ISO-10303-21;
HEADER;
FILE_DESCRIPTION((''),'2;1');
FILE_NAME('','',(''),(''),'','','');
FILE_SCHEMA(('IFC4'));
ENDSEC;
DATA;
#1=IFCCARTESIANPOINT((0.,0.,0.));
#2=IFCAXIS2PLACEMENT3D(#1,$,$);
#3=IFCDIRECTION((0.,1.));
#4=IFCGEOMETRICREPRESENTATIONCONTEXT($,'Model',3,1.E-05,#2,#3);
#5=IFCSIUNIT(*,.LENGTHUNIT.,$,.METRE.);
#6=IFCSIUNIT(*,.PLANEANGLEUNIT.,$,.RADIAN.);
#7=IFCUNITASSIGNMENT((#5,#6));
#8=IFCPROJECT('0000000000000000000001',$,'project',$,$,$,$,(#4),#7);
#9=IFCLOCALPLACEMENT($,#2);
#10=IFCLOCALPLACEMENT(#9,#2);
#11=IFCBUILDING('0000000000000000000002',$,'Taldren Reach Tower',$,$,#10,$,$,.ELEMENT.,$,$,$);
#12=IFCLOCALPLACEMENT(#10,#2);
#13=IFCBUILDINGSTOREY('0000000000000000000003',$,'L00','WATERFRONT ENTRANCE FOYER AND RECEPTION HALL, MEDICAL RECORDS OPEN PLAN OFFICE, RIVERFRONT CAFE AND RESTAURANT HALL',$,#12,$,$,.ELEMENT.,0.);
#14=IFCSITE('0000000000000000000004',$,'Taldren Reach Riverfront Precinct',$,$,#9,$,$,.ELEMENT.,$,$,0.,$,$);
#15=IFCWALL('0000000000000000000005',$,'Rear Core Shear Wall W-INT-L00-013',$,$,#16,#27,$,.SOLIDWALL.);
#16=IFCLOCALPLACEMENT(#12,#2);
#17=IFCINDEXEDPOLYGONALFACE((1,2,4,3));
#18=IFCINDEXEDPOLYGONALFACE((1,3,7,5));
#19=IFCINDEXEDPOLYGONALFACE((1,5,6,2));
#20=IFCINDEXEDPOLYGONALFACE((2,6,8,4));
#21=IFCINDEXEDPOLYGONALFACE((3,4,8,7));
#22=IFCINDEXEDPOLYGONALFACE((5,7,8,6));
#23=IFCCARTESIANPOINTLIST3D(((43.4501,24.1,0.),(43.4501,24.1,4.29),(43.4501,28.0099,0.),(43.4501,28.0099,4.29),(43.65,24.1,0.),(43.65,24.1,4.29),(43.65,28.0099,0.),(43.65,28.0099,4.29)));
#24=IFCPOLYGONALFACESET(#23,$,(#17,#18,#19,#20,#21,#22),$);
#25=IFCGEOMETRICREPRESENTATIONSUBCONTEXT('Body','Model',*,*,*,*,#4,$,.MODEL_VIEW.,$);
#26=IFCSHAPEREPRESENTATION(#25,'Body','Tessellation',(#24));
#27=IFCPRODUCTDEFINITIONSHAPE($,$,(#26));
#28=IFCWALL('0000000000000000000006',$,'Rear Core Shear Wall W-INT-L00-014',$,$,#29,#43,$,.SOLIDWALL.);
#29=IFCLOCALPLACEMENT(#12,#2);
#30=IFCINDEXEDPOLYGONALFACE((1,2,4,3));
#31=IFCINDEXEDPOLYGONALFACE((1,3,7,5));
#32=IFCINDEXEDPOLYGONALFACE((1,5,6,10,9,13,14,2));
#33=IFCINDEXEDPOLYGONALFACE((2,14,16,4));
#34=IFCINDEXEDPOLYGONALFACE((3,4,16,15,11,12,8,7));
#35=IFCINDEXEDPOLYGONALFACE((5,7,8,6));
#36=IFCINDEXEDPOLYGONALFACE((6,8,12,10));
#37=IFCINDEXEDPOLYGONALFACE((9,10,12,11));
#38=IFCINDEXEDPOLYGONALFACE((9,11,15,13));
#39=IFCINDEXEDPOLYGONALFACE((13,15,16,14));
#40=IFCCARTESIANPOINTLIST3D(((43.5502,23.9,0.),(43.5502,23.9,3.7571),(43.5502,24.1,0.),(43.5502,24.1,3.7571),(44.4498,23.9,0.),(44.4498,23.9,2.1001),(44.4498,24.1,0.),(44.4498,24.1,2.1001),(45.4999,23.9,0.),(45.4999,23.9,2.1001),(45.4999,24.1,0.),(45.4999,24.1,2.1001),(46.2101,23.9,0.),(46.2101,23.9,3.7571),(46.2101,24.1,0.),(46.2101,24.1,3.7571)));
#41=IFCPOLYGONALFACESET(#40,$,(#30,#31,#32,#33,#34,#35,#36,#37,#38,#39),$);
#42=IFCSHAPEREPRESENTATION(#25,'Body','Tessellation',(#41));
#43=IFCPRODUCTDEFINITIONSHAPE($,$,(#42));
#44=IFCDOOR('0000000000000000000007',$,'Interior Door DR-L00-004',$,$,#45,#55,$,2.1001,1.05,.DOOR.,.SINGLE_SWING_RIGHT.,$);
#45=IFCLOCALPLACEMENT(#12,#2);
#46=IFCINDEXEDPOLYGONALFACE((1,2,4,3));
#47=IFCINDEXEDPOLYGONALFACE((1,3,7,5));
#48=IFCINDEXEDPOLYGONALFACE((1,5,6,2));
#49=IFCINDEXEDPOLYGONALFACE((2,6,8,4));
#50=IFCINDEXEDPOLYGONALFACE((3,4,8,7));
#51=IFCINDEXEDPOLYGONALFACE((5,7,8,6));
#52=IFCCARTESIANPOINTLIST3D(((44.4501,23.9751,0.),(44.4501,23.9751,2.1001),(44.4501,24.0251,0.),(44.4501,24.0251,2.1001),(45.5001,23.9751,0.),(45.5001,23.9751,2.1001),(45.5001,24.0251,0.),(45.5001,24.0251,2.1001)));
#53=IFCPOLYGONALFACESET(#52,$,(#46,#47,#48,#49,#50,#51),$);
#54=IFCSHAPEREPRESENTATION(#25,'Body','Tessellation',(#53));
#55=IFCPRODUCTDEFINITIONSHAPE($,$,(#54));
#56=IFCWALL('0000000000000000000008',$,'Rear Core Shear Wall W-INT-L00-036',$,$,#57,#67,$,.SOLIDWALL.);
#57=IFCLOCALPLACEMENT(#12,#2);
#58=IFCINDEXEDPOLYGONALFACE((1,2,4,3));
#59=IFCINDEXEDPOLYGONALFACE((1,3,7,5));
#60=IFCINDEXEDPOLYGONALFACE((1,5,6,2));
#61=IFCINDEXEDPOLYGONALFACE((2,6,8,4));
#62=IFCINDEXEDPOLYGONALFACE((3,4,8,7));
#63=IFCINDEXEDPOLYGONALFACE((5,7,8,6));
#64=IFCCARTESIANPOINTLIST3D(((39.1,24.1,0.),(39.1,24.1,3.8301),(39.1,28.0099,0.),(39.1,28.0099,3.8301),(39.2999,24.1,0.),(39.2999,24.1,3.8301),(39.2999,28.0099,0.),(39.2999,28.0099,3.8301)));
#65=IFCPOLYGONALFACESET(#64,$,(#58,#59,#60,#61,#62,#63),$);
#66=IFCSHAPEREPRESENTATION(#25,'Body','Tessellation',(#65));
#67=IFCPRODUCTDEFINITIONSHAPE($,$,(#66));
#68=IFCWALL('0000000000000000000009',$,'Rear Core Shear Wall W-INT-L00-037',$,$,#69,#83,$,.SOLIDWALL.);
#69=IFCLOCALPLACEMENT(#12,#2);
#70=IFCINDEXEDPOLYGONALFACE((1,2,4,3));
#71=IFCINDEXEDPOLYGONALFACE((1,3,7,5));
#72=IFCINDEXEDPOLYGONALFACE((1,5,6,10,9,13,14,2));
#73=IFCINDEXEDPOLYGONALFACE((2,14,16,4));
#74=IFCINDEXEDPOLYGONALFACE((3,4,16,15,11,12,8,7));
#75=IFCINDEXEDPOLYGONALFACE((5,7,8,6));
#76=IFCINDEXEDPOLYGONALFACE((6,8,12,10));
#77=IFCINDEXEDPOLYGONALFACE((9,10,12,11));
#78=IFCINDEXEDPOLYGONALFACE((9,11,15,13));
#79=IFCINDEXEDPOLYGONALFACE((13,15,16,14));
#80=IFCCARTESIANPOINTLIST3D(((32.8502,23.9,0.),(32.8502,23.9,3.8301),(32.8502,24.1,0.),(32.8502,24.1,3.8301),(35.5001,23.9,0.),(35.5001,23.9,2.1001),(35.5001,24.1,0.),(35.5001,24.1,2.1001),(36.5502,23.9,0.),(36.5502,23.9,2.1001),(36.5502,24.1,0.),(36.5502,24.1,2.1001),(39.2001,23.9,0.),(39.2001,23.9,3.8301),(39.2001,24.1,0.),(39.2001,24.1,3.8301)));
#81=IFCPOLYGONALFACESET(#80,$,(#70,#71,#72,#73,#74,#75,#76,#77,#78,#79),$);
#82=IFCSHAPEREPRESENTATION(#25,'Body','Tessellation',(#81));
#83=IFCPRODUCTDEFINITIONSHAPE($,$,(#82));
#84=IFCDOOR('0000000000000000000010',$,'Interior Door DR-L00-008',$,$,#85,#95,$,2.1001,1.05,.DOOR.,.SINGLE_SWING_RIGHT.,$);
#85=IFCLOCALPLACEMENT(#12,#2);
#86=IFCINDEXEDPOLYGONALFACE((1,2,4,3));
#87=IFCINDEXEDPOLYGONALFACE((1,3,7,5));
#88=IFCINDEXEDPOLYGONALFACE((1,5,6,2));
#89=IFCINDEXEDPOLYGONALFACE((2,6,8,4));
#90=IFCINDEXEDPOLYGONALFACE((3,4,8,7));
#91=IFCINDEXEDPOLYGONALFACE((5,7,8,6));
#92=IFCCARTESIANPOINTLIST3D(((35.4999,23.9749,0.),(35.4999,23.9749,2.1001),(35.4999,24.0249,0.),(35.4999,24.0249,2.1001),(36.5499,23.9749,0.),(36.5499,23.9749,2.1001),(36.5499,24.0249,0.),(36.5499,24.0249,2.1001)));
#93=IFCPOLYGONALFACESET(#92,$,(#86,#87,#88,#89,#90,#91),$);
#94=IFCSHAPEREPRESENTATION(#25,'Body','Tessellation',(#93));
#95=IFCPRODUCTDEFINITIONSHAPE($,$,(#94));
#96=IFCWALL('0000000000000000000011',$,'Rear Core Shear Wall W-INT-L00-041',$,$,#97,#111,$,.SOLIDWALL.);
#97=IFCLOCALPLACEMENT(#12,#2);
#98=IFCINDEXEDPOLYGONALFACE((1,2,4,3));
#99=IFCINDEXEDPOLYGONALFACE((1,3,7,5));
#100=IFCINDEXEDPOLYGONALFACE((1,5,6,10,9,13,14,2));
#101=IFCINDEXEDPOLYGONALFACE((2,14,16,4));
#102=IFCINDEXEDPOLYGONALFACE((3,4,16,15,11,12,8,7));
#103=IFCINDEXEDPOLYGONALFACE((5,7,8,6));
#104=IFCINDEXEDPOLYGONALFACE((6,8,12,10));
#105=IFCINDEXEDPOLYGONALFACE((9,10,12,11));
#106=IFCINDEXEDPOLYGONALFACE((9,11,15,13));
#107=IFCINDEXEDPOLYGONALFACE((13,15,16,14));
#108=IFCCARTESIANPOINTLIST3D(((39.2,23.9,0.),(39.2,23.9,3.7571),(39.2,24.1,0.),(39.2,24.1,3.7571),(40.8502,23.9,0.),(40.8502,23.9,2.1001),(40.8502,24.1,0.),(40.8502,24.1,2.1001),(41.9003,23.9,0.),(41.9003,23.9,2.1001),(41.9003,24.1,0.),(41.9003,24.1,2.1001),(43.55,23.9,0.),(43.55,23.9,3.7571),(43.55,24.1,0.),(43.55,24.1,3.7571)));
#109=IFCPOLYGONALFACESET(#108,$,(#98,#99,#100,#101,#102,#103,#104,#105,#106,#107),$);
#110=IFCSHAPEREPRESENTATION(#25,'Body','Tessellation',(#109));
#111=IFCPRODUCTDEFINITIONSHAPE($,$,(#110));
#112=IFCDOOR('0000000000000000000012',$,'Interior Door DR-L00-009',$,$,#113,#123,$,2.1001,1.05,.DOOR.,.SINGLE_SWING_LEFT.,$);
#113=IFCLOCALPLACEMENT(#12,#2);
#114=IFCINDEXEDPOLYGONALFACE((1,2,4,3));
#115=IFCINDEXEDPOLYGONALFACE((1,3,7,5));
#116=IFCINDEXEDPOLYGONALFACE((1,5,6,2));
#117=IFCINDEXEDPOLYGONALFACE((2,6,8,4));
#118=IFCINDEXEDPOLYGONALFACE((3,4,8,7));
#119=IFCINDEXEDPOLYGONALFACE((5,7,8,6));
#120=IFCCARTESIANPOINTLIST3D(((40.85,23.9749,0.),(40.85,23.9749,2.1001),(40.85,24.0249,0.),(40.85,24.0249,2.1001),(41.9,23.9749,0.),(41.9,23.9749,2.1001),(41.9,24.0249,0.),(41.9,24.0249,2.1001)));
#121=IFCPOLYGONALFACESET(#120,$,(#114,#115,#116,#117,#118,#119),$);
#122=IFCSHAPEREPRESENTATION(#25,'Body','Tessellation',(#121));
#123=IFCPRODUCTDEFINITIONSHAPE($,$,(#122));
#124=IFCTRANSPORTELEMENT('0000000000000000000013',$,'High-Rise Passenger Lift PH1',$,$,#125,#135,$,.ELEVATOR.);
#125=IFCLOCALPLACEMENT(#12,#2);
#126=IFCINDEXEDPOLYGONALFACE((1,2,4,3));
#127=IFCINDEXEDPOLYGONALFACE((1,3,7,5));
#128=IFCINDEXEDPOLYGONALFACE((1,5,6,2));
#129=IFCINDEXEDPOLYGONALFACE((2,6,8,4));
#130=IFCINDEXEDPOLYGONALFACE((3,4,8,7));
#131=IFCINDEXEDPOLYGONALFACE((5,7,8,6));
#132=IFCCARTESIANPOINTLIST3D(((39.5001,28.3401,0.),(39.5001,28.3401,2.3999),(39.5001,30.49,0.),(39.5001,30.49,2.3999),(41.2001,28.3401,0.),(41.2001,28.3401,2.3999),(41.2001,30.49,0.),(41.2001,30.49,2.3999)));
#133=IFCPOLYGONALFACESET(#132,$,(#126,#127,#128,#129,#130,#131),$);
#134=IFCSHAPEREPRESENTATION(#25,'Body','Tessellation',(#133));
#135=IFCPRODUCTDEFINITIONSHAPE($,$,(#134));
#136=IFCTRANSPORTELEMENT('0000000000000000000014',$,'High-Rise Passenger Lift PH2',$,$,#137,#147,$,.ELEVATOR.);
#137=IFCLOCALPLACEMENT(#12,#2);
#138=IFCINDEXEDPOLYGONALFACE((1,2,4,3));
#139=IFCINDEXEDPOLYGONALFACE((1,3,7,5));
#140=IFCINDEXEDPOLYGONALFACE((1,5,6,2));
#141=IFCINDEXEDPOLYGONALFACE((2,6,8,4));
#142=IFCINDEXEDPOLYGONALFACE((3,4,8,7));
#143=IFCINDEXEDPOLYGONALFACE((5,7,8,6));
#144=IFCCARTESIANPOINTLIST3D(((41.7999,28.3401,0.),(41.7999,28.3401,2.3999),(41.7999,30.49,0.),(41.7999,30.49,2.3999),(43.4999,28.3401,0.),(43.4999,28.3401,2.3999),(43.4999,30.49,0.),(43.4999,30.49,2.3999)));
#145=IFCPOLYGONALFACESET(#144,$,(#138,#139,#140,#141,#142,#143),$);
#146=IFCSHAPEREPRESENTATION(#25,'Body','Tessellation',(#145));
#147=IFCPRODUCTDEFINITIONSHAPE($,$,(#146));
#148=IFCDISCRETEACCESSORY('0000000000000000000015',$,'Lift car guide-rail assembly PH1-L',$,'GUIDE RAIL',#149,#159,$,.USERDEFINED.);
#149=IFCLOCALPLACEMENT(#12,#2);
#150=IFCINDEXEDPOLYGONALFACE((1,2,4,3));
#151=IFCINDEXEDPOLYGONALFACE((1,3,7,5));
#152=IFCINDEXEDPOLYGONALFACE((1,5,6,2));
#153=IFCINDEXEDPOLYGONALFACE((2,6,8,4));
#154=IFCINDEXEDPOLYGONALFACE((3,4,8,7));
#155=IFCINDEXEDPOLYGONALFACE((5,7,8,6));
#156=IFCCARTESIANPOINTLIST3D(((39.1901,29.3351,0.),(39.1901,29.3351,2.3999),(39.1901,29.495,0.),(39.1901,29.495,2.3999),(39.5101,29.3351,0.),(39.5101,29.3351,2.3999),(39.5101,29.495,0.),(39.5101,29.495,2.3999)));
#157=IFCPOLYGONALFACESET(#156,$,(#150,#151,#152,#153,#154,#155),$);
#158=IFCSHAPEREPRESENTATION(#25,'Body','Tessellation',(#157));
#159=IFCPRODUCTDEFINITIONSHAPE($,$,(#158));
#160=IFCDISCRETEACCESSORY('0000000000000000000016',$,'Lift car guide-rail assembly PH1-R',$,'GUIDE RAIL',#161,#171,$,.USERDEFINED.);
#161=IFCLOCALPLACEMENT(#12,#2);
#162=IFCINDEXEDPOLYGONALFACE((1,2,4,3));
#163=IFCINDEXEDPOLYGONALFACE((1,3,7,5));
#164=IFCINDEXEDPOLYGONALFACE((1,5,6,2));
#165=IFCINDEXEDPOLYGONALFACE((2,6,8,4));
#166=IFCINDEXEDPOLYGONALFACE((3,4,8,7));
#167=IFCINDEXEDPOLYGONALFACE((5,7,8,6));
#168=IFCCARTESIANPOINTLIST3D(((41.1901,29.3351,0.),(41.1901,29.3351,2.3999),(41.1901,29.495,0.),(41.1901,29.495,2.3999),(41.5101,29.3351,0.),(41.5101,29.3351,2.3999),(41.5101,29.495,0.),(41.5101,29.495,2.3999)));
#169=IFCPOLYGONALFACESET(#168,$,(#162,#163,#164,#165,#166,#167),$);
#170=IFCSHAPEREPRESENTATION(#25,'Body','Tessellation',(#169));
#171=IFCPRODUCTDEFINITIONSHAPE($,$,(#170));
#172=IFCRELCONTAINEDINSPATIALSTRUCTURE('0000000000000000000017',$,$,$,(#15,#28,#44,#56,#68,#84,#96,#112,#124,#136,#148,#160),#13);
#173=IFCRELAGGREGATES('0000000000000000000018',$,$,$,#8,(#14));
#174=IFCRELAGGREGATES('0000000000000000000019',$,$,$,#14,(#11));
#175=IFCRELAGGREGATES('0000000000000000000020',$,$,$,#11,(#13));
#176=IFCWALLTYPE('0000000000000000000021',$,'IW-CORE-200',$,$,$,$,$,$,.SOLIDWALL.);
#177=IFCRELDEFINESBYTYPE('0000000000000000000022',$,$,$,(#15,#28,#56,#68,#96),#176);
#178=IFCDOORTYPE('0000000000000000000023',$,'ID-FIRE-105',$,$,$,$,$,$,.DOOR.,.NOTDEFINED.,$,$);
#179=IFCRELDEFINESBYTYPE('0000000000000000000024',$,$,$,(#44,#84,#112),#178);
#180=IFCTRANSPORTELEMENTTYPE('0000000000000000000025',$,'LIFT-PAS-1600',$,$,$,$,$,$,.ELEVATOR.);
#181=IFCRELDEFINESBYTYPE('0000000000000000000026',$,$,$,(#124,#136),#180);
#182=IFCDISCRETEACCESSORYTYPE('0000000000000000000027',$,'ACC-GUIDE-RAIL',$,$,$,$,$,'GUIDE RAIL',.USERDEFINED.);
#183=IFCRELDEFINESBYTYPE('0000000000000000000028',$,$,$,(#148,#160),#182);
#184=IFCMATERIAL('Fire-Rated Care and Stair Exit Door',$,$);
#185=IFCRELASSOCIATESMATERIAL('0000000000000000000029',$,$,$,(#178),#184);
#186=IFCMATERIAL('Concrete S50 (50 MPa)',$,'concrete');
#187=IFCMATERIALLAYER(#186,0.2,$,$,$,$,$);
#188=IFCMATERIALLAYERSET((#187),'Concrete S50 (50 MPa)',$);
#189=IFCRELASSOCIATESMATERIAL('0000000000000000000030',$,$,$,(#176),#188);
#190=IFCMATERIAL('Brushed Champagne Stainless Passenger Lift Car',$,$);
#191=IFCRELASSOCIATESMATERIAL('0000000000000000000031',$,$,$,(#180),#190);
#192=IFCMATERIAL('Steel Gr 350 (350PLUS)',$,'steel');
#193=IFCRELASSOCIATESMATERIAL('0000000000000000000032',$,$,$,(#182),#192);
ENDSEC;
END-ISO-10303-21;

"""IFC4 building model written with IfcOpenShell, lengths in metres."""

from ifc_helpers import new_model, si_unit, direction, frame, frame_2d, origin, origin_2d, place, context, subcontext, project, spatial, rectangle, extrude, source, transform, mapped, material, layer, layer_set, type_object, element, fill, save


model = new_model("IFC4")

# Units and contexts
model_context = context("Model", 3, precision=1e-05, world=origin(), true_north=direction((0.0, 1.0)))
body_context = subcontext(model_context, "Body", "Model", "MODEL_VIEW")
ifc_project = project(units=[si_unit("LENGTHUNIT", "METRE"), si_unit("PLANEANGLEUNIT", "RADIAN")], contexts=[model_context])

# Site, building, storey
site_placement = place(None, origin())
site = spatial("IfcSite", under=ifc_project, at=site_placement, Name="Taldren Reach Riverfront Precinct", CompositionType="ELEMENT", RefElevation=0.0)
building_placement = place(site_placement, origin())
building = spatial("IfcBuilding", under=site, at=building_placement, Name="Taldren Reach Tower", CompositionType="ELEMENT")
storey_placement = place(building_placement, origin())
storey = spatial("IfcBuildingStorey", under=building, at=storey_placement, Name="L00", Description="WATERFRONT ENTRANCE FOYER AND RECEPTION HALL, MEDICAL RECORDS OPEN PLAN OFFICE, RIVERFRONT CAFE AND RESTAURANT HALL", CompositionType="ELEMENT", Elevation=0.0)

# Shared definitions
ifc_material_1 = material(Name="Steel Gr 350 (350PLUS)", Category="steel")

# Shared definitions
ifc_material_2 = material(Name="Fire-Rated Care and Stair Exit Door")
door_type_1 = type_object("IfcDoorType", Name="ID-FIRE-105", OperationType="NOTDEFINED", PredefinedType="DOOR", material=ifc_material_2)
shared_shape_1 = source(origin(), body_context, "Body", "SweptSolid", [
    extrude(rectangle(XDim=1.05, YDim=2.1001, at=frame_2d((0.5249, 1.05))), frame((0.0, 0.0249, 0.0), z_axis=(0.0, -1.0, 0.0), x_axis=(1.0, 0.0, 0.0)), (0.0, 0.0, 1.0), 0.05),
])

# Wall
ifc_material_3 = material(Name="Concrete S50 (50 MPa)", Category="concrete")
ifc_layer_1 = layer(ifc_material_3, 0.2)
ifc_layer_set_1 = layer_set([ifc_layer_1], Name="Concrete S50 (50 MPa)")
wall_type_1 = type_object("IfcWallType", Name="IW-CORE-200", PredefinedType="SOLIDWALL", material=ifc_layer_set_1)
shared_shape_2 = source(origin(), body_context, "Body", "SweptSolid", [
    extrude(rectangle(XDim=3.9099, YDim=0.2, at=frame_2d((1.9551, 0.0))), origin(), (0.0, 0.0, 1.0), 4.29),
])
wall_1_placement = place(storey_placement, frame((43.55, 28.01, 0.0), z_axis=(0.0, 0.0, 1.0), x_axis=(0.0, -1.0, 0.0)))
element("IfcWall", 1, at=wall_1_placement, inside=storey, type_object=wall_type_1, Name="Rear Core Shear Wall W-INT-L00-013", PredefinedType="SOLIDWALL", context=body_context, shape_type="MappedRepresentation", body=[
    mapped(shared_shape_2, transform((0.0, 0.0, 0.0), scale=1.0)),
])

# Wall, opening, door
shared_shape_3 = source(origin(), body_context, "Body", "SweptSolid", [
    extrude(rectangle(XDim=2.6599, YDim=0.2, at=frame_2d((1.3301, 0.0))), origin(), (0.0, 0.0, 1.0), 3.7571),
])
wall_2_placement = place(storey_placement, frame((43.55, 24.0, 0.0), z_axis=(0.0, 0.0, 1.0), x_axis=(1.0, 0.0, 0.0)))
wall_2 = element("IfcWall", 2, at=wall_2_placement, inside=storey, type_object=wall_type_1, Name="Rear Core Shear Wall W-INT-L00-014", PredefinedType="SOLIDWALL", context=body_context, shape_type="MappedRepresentation", body=[
    mapped(shared_shape_3, transform((0.0, 0.0, 0.0), scale=1.0)),
])
shared_shape_4 = source(origin(), body_context, "Body", "SweptSolid", [
    extrude(rectangle(XDim=1.05, YDim=2.1001, at=frame_2d((0.5249, 1.05))), frame((0.0, 0.1099, 0.0), z_axis=(0.0, -1.0, 0.0), x_axis=(1.0, 0.0, 0.0)), (0.0, 0.0, 1.0), 0.22),
])
opening_1_placement = place(wall_2_placement, frame((0.8999, 0.0, 0.0)))
opening_1 = element("IfcOpeningElement", 3, at=opening_1_placement, cuts=wall_2, PredefinedType="OPENING", context=body_context, shape_type="MappedRepresentation", body=[
    mapped(shared_shape_4, transform((0.0, 0.0, 0.0), scale=1.0)),
])
door_1_placement = place(opening_1_placement, frame((1.05, 0.0, 0.0), z_axis=(0.0, 0.0, 1.0), x_axis=(-1.0, 0.0, 0.0)))
door_1 = element("IfcDoor", 4, at=door_1_placement, inside=storey, type_object=door_type_1, Name="Interior Door DR-L00-004", OperationType="SINGLE_SWING_RIGHT", OverallHeight=2.1001, OverallWidth=1.05, PredefinedType="DOOR", context=body_context, shape_type="MappedRepresentation", body=[
    mapped(shared_shape_1, transform((0.0, 0.0, 0.0), scale=1.0)),
])
fill(opening_1, door_1)

# Wall
shared_shape_5 = source(origin(), body_context, "Body", "SweptSolid", [
    extrude(rectangle(XDim=3.9099, YDim=0.2, at=frame_2d((1.9551, 0.0))), origin(), (0.0, 0.0, 1.0), 3.8301),
])
wall_3_placement = place(storey_placement, frame((39.2, 28.01, 0.0), z_axis=(0.0, 0.0, 1.0), x_axis=(0.0, -1.0, 0.0)))
element("IfcWall", 5, at=wall_3_placement, inside=storey, type_object=wall_type_1, Name="Rear Core Shear Wall W-INT-L00-036", PredefinedType="SOLIDWALL", context=body_context, shape_type="MappedRepresentation", body=[
    mapped(shared_shape_5, transform((0.0, 0.0, 0.0), scale=1.0)),
])

# Walls, openings, doors
shared_shape_6 = source(origin(), body_context, "Body", "SweptSolid", [
    extrude(rectangle(XDim=6.3499, YDim=0.2, at=frame_2d((3.1748, 0.0))), origin(), (0.0, 0.0, 1.0), 3.8301),
])
wall_4_placement = place(storey_placement, frame((39.2, 24.0, 0.0), z_axis=(0.0, 0.0, 1.0), x_axis=(-1.0, 0.0, 0.0)))
wall_4 = element("IfcWall", 6, at=wall_4_placement, inside=storey, type_object=wall_type_1, Name="Rear Core Shear Wall W-INT-L00-037", PredefinedType="SOLIDWALL", context=body_context, shape_type="MappedRepresentation", body=[
    mapped(shared_shape_6, transform((0.0, 0.0, 0.0), scale=1.0)),
])
opening_2_placement = place(wall_4_placement, frame((2.6499, 0.0, 0.0)))
opening_2 = element("IfcOpeningElement", 7, at=opening_2_placement, cuts=wall_4, PredefinedType="OPENING", context=body_context, shape_type="MappedRepresentation", body=[
    mapped(shared_shape_4, transform((0.0, 0.0, 0.0), scale=1.0)),
])
door_2_placement = place(opening_2_placement, frame((1.05, 0.0, 0.0), z_axis=(0.0, 0.0, 1.0), x_axis=(-1.0, 0.0, 0.0)))
door_2 = element("IfcDoor", 8, at=door_2_placement, inside=storey, type_object=door_type_1, Name="Interior Door DR-L00-008", OperationType="SINGLE_SWING_RIGHT", OverallHeight=2.1001, OverallWidth=1.05, PredefinedType="DOOR", context=body_context, shape_type="MappedRepresentation", body=[
    mapped(shared_shape_1, transform((0.0, 0.0, 0.0), scale=1.0)),
])
fill(opening_2, door_2)
shared_shape_7 = source(origin(), body_context, "Body", "SweptSolid", [
    extrude(rectangle(XDim=4.3501, YDim=0.2, at=frame_2d((2.175, 0.0))), origin(), (0.0, 0.0, 1.0), 3.7571),
])
wall_5_placement = place(storey_placement, frame((43.55, 24.0, 0.0), z_axis=(0.0, 0.0, 1.0), x_axis=(-1.0, 0.0, 0.0)))
wall_5 = element("IfcWall", 9, at=wall_5_placement, inside=storey, type_object=wall_type_1, Name="Rear Core Shear Wall W-INT-L00-041", PredefinedType="SOLIDWALL", context=body_context, shape_type="MappedRepresentation", body=[
    mapped(shared_shape_7, transform((0.0, 0.0, 0.0), scale=1.0)),
])
opening_3_placement = place(wall_5_placement, frame((1.6499, 0.0, 0.0)))
opening_3 = element("IfcOpeningElement", 10, at=opening_3_placement, cuts=wall_5, PredefinedType="OPENING", context=body_context, shape_type="MappedRepresentation", body=[
    mapped(shared_shape_4, transform((0.0, 0.0, 0.0), scale=1.0)),
])
door_3_placement = place(opening_3_placement, frame((1.05, 0.0, 0.0), z_axis=(0.0, 0.0, 1.0), x_axis=(-1.0, 0.0, 0.0)))
door_3 = element("IfcDoor", 11, at=door_3_placement, inside=storey, type_object=door_type_1, Name="Interior Door DR-L00-009", OperationType="SINGLE_SWING_LEFT", OverallHeight=2.1001, OverallWidth=1.05, PredefinedType="DOOR", context=body_context, shape_type="MappedRepresentation", body=[
    mapped(shared_shape_1, transform((0.0, 0.0, 0.0), scale=1.0)),
])
fill(opening_3, door_3)

# Transport elements
ifc_material_4 = material(Name="Brushed Champagne Stainless Passenger Lift Car")
transport_element_type = type_object("IfcTransportElementType", Name="LIFT-PAS-1600", PredefinedType="ELEVATOR", material=ifc_material_4)
shared_shape_8 = source(origin(), body_context, "Body", "SweptSolid", [
    extrude(rectangle(XDim=1.7, YDim=2.1499, at=origin_2d()), origin(), (0.0, 0.0, 1.0), 2.3999),
])
for number, where, z_axis, x_axis, name in (
    (12, (40.3501, 29.415, 0.0), (0.0, 0.0, 1.0), (1.0, 0.0, 0.0), "High-Rise Passenger Lift PH1"),
    (13, (42.6499, 29.415, 0.0), (0.0, 0.0, 1.0), (1.0, 0.0, 0.0), "High-Rise Passenger Lift PH2"),
):
    element("IfcTransportElement", number, at=place(storey_placement, frame(where, z_axis=z_axis, x_axis=x_axis)), inside=storey, type_object=transport_element_type, Name=name, PredefinedType="ELEVATOR", context=body_context, shape_type="MappedRepresentation", body=[
        mapped(shared_shape_8, transform((0.0, 0.0, 0.0), scale=1.0)),
    ])

# Discrete accessories
discrete_accessory_type = type_object("IfcDiscreteAccessoryType", Name="ACC-GUIDE-RAIL", ElementType="GUIDE RAIL", PredefinedType="USERDEFINED", material=ifc_material_1)
shared_shape_9 = source(origin(), body_context, "Body", "SweptSolid", [
    extrude(rectangle(XDim=0.3201, YDim=0.1599, at=origin_2d()), origin(), (0.0, 0.0, 1.0), 2.3999),
])
for number, where, z_axis, x_axis, name in (
    (14, (39.3501, 29.415, 0.0), (0.0, 0.0, 1.0), (1.0, 0.0, 0.0), "Lift car guide-rail assembly PH1-L"),
    (15, (41.3501, 29.415, 0.0), (0.0, 0.0, 1.0), (1.0, 0.0, 0.0), "Lift car guide-rail assembly PH1-R"),
):
    element("IfcDiscreteAccessory", number, at=place(storey_placement, frame(where, z_axis=z_axis, x_axis=x_axis)), inside=storey, type_object=discrete_accessory_type, Name=name, ObjectType="GUIDE RAIL", PredefinedType="USERDEFINED", context=body_context, shape_type="MappedRepresentation", body=[
        mapped(shared_shape_9, transform((0.0, 0.0, 0.0), scale=1.0)),
    ])

save(model, "model.ifc")
